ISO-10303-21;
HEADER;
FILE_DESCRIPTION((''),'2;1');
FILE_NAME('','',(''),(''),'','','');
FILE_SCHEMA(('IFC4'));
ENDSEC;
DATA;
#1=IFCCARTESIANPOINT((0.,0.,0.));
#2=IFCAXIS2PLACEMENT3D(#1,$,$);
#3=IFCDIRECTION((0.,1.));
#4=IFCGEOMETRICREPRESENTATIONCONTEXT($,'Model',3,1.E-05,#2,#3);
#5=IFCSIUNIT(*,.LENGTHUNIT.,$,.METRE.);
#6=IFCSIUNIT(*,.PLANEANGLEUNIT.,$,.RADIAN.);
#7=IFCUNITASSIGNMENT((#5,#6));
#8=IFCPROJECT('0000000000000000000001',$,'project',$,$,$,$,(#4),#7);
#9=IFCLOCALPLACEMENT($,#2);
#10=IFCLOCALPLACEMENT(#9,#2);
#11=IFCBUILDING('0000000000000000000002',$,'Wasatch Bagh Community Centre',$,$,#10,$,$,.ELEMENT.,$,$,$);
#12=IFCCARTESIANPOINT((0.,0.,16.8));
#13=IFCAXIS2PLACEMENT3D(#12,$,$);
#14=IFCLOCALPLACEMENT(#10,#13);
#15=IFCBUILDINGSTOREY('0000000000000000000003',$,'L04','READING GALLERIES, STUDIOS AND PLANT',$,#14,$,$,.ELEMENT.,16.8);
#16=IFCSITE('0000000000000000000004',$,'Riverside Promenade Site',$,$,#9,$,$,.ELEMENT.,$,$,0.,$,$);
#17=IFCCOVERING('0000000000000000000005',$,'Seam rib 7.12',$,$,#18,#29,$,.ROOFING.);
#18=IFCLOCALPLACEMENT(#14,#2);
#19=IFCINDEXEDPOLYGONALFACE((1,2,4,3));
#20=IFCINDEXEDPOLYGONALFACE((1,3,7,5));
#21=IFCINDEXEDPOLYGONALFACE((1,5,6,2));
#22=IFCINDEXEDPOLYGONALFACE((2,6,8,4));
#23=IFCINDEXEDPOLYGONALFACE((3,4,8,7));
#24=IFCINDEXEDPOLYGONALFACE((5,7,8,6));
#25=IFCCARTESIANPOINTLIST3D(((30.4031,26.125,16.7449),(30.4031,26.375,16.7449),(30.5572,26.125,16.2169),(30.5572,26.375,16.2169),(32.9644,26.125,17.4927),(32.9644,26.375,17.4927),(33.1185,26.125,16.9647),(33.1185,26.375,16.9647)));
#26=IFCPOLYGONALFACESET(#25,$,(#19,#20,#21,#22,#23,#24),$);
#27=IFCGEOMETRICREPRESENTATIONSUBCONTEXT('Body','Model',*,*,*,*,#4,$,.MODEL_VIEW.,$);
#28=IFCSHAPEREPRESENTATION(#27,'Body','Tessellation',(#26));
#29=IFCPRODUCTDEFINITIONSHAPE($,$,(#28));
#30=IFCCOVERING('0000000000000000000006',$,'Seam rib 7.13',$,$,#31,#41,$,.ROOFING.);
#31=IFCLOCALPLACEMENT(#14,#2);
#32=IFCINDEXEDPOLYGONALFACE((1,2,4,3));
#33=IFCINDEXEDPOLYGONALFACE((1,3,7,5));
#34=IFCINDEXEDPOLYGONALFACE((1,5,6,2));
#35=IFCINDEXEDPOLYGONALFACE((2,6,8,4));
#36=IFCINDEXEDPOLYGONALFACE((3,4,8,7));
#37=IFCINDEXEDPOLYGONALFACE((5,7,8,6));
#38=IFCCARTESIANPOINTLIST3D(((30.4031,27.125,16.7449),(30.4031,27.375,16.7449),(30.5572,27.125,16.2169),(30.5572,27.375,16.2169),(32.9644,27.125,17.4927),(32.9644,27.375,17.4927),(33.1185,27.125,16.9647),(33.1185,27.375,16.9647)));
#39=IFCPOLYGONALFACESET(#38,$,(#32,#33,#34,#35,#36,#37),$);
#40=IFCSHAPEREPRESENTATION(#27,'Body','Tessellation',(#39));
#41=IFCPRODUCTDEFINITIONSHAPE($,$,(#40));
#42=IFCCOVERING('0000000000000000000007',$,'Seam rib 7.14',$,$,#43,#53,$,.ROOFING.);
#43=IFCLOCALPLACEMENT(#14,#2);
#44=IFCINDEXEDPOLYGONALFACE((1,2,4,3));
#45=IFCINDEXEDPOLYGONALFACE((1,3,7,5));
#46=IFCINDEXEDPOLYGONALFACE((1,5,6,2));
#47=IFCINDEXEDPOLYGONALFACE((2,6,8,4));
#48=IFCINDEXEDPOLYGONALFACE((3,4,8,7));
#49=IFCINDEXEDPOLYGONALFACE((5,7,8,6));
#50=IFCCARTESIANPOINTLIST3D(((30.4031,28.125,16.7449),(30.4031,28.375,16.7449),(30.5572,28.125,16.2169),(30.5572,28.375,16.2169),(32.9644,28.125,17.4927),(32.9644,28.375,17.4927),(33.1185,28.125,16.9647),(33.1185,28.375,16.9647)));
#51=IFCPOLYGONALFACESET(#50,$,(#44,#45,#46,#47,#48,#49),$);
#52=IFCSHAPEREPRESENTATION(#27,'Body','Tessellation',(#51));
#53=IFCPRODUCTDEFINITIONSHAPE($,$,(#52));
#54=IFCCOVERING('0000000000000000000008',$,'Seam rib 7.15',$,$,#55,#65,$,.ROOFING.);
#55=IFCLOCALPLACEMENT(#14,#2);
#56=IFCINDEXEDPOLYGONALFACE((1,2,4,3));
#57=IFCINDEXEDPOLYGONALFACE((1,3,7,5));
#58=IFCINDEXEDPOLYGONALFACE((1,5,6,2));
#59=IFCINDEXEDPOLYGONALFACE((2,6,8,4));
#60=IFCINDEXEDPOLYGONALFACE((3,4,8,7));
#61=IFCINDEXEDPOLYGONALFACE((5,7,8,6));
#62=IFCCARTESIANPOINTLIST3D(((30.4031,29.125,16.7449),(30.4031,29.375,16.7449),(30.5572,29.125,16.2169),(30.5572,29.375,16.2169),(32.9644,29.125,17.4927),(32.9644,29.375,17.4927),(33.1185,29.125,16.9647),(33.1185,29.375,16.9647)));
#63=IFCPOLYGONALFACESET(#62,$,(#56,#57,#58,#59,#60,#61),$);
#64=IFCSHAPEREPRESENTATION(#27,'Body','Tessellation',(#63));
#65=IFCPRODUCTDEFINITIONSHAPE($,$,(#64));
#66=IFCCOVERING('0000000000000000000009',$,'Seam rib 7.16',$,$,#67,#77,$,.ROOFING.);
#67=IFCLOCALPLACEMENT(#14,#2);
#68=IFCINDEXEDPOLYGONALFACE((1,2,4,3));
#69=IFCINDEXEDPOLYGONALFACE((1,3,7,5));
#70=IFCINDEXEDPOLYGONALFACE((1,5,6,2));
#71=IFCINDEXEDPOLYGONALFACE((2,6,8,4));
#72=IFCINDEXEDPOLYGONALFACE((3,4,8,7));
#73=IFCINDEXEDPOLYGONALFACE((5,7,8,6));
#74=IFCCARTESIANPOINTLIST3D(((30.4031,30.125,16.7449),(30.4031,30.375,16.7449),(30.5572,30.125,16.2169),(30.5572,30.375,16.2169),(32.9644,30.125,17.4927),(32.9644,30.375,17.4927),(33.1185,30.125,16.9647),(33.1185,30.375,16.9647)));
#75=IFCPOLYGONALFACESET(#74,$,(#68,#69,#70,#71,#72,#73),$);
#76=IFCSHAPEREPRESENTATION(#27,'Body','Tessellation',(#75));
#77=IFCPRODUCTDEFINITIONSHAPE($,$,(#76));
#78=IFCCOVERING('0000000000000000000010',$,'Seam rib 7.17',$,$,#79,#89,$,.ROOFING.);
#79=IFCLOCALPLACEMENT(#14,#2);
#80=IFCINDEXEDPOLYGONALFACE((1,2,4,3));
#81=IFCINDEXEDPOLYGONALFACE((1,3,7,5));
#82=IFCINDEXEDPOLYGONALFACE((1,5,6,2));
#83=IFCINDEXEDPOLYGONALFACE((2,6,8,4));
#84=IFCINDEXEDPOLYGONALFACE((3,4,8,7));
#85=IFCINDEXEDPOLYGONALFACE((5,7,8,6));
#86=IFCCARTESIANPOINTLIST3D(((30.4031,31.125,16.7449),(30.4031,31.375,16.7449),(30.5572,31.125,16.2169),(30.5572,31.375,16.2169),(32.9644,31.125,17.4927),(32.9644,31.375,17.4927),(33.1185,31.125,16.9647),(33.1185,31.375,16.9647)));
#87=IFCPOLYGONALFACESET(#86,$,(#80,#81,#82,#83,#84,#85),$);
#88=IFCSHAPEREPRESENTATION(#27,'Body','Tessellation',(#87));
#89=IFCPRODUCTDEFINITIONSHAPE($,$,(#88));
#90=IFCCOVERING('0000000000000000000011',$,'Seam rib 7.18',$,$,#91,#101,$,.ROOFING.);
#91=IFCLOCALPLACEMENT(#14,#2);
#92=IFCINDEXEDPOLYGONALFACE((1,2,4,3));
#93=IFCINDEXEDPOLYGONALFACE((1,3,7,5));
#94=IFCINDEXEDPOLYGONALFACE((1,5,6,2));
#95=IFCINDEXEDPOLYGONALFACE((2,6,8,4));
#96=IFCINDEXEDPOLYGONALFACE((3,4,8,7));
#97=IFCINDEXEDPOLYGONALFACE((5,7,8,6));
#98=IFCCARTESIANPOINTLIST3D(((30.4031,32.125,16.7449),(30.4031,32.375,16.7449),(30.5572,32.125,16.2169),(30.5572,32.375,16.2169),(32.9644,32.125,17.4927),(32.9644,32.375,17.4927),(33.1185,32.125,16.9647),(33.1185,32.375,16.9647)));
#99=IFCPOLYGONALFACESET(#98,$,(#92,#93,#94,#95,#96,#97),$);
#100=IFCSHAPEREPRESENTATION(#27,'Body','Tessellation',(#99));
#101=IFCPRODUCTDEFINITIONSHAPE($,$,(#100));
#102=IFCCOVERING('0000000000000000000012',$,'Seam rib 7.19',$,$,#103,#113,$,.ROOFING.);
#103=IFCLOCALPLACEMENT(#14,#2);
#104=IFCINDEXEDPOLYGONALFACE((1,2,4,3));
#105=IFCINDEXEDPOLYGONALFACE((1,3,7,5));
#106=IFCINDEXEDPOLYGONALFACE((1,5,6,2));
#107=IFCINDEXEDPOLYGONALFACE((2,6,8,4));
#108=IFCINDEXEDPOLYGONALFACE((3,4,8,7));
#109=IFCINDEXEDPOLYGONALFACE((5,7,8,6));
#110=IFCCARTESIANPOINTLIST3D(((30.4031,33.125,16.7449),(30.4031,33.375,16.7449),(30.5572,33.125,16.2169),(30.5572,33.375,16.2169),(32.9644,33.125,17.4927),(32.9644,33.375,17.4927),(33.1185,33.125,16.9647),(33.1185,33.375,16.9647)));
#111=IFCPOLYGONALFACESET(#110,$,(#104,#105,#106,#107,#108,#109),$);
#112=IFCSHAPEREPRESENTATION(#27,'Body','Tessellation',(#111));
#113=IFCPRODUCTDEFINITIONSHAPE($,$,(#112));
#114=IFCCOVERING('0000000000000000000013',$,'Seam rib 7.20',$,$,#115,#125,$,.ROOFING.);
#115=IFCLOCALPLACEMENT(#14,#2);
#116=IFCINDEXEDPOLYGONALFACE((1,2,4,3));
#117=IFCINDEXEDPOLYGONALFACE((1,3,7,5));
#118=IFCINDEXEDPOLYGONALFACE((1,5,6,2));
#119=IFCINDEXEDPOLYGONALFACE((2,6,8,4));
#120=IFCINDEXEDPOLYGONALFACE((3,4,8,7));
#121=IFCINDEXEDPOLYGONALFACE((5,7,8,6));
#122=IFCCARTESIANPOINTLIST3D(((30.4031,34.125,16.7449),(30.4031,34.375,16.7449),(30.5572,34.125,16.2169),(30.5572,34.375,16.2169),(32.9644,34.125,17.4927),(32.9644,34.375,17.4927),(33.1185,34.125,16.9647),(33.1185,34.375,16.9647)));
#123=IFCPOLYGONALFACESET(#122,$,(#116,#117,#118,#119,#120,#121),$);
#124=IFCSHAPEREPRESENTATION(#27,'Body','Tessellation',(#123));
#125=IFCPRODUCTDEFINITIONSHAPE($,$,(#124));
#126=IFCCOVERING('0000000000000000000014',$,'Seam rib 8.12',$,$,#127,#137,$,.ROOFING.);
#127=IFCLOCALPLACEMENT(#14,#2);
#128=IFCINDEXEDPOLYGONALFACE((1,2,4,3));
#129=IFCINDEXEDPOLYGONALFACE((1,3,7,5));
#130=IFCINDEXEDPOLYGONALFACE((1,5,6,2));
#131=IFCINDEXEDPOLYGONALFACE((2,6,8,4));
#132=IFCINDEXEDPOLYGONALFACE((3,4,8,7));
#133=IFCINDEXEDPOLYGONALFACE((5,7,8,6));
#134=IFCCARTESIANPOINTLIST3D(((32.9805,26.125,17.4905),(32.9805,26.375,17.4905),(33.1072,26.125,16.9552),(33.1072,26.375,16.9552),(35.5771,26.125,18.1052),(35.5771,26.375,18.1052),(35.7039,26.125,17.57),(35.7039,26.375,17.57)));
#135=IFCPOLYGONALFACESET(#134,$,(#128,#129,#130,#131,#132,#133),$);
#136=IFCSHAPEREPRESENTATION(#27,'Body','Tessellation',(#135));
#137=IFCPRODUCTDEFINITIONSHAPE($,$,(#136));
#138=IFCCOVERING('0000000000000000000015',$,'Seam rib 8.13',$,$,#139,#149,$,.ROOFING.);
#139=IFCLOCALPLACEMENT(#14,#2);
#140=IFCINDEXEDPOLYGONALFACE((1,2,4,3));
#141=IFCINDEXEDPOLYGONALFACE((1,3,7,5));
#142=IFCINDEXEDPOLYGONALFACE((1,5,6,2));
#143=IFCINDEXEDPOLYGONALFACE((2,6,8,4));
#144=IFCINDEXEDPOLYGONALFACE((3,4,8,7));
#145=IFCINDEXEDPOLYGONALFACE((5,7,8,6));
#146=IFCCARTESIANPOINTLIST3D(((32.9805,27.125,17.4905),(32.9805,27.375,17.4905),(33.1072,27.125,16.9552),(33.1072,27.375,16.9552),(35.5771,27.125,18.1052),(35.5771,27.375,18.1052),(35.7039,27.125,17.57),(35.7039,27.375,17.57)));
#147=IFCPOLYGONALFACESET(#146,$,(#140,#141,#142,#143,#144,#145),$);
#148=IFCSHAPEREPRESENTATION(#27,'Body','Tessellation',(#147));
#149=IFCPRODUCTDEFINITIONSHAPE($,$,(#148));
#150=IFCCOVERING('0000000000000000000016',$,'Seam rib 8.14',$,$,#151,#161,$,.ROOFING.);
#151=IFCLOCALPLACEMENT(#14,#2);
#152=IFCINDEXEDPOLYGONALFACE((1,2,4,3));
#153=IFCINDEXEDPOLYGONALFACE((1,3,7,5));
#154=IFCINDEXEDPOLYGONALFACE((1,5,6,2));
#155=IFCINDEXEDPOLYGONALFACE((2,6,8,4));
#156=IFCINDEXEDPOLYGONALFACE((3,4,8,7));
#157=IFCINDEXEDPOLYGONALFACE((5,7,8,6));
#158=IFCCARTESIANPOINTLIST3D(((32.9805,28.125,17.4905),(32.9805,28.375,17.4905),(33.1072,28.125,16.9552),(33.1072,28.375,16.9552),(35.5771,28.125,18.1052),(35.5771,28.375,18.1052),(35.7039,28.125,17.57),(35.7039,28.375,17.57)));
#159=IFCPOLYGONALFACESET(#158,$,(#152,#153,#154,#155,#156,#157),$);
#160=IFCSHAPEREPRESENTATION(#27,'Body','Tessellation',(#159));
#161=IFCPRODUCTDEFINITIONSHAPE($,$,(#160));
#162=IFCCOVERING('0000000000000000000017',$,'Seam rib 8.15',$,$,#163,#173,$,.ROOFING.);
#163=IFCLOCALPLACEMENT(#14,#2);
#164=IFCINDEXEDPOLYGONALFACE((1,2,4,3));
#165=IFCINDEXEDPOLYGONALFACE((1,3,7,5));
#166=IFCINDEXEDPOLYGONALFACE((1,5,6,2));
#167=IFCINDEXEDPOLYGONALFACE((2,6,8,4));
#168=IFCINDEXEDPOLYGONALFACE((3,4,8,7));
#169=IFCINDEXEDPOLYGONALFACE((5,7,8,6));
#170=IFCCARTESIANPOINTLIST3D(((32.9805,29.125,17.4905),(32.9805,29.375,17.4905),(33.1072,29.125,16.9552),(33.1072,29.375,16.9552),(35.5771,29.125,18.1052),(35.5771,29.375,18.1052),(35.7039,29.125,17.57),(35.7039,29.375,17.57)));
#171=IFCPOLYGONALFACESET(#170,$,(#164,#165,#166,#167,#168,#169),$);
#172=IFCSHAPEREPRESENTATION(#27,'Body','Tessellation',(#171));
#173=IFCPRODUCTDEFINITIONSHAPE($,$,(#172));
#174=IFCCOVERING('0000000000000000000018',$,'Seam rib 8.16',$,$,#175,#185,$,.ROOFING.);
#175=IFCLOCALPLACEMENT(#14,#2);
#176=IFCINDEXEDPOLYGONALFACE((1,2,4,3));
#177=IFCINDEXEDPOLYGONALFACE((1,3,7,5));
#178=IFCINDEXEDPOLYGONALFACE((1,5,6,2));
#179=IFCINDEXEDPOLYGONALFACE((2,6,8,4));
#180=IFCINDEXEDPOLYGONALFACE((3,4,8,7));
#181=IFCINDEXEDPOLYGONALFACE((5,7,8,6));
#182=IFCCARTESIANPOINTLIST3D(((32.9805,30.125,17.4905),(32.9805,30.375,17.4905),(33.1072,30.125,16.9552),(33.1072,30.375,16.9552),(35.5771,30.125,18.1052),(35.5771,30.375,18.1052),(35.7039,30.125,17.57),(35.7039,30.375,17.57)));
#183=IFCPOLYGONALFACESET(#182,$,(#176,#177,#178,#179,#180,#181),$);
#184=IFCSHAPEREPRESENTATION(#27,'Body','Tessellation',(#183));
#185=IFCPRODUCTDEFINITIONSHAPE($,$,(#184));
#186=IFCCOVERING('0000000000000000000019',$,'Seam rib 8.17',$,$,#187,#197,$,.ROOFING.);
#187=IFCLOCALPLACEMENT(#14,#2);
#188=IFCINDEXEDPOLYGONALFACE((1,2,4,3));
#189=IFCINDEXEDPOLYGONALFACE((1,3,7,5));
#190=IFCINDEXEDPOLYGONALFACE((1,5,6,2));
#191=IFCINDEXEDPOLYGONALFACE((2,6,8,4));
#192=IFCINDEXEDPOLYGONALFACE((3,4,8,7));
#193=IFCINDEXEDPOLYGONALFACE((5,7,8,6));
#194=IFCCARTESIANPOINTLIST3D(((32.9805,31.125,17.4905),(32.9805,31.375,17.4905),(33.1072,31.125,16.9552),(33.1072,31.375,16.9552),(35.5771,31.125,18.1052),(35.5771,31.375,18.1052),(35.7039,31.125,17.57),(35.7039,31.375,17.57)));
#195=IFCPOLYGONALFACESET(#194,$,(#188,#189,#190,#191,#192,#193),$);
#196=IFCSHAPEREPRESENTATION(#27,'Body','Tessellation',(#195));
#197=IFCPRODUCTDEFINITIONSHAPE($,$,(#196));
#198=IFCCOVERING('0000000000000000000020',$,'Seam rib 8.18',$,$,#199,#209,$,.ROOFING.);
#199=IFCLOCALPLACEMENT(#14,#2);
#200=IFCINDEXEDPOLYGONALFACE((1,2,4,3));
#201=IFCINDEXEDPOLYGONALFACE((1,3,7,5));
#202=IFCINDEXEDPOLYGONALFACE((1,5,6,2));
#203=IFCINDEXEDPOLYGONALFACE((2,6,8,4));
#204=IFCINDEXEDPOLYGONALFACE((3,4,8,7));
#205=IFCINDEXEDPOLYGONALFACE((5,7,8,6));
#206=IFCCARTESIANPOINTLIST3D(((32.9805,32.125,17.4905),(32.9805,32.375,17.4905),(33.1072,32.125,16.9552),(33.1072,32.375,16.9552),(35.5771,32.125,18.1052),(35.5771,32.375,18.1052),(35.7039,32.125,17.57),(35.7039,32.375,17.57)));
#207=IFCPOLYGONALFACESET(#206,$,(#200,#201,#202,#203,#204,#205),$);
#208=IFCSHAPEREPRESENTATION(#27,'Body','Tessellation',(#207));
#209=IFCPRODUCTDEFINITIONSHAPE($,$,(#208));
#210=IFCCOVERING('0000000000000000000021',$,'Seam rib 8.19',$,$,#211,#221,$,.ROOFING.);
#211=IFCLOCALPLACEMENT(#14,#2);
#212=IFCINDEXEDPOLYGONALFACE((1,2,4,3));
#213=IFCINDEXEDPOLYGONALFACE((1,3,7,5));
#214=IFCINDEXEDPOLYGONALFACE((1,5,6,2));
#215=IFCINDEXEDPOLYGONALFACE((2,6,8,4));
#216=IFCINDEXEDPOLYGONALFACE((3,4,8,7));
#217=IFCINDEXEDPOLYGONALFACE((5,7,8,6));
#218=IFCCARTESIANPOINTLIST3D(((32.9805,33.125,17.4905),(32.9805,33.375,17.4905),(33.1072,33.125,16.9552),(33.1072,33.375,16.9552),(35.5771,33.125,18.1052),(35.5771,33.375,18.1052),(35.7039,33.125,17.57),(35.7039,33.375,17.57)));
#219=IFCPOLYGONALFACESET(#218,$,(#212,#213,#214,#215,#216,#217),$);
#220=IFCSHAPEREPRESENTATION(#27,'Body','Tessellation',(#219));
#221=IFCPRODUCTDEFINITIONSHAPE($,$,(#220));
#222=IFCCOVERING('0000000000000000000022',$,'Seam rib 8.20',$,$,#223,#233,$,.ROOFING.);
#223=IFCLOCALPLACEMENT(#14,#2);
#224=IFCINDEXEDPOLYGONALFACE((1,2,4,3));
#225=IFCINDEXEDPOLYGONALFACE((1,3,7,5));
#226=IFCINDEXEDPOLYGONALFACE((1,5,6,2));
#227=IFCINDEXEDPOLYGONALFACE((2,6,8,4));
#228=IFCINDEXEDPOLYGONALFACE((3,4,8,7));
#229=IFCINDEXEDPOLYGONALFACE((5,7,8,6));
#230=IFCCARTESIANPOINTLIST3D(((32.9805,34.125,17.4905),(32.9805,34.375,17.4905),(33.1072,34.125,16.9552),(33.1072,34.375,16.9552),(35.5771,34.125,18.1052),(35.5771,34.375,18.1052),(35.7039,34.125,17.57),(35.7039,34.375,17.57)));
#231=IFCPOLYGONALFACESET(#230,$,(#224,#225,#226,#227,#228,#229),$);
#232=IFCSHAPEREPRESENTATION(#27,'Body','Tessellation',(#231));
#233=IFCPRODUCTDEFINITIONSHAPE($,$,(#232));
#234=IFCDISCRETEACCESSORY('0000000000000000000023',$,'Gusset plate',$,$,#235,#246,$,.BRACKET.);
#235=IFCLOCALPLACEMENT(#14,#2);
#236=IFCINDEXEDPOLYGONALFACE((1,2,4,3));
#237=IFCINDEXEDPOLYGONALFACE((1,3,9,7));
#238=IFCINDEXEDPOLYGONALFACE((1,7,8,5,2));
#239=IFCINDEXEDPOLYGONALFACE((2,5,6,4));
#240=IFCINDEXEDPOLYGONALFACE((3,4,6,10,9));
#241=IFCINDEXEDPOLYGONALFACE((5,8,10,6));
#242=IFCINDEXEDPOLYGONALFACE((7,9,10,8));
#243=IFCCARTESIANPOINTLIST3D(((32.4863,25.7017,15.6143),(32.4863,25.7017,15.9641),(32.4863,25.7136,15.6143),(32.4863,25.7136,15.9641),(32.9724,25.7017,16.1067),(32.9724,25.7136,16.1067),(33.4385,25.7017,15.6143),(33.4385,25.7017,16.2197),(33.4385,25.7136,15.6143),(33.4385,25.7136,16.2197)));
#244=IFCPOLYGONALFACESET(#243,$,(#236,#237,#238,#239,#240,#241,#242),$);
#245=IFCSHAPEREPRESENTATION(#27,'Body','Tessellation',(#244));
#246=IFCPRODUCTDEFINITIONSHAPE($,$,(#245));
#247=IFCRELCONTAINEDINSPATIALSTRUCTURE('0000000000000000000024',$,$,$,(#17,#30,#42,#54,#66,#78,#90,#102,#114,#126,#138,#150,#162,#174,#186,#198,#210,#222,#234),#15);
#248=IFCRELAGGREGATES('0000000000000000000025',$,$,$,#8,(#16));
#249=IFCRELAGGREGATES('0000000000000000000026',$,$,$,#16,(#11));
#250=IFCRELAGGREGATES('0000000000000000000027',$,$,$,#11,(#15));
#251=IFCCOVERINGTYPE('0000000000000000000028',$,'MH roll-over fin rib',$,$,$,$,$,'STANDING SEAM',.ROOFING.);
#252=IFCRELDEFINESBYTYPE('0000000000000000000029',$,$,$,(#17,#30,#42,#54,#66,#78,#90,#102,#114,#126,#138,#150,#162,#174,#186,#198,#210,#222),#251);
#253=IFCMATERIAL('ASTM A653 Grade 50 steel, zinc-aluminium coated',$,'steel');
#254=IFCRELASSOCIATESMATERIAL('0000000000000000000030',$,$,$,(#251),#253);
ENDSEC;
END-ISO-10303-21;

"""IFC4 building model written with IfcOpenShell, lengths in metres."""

from ifc_helpers import new_model, si_unit, direction, frame, origin, place, context, subcontext, project, spatial, polyline, outline, extrude, material, type_object, element, save


model = new_model("IFC4")

# Units and contexts
model_context = context("Model", 3, precision=1e-05, world=origin(), true_north=direction((0.0, 1.0)))
body_context = subcontext(model_context, "Body", "Model", "MODEL_VIEW")
ifc_project = project(units=[si_unit("LENGTHUNIT", "METRE"), si_unit("PLANEANGLEUNIT", "RADIAN")], contexts=[model_context])

# Site, building, storey
site_placement = place(None, origin())
site = spatial("IfcSite", under=ifc_project, at=site_placement, Name="Riverside Promenade Site", CompositionType="ELEMENT", RefElevation=0.0)
building_placement = place(site_placement, origin())
building = spatial("IfcBuilding", under=site, at=building_placement, Name="Wasatch Bagh Community Centre", CompositionType="ELEMENT")
storey_placement = place(building_placement, frame((0.0, 0.0, 16.8)))
storey = spatial("IfcBuildingStorey", under=building, at=storey_placement, Name="L04", Description="READING GALLERIES, STUDIOS AND PLANT", CompositionType="ELEMENT", Elevation=16.8)

# Coverings
ifc_material_1 = material(Name="ASTM A653 Grade 50 steel, zinc-aluminium coated", Category="steel")
covering_type = type_object("IfcCoveringType", Name="MH roll-over fin rib", ElementType="STANDING SEAM", PredefinedType="ROOFING", material=ifc_material_1)
for number, where, z_axis, x_axis, name in (
    (1, (30.4031, 26.125, 16.7449), (-0.280264, 0.0, 0.959923), (0.959923, 0.0, 0.280264), "Seam rib 7.12"),
    (2, (30.4031, 27.125, 16.7449), (-0.280264, 0.0, 0.959923), (0.959923, 0.0, 0.280264), "Seam rib 7.13"),
    (3, (30.4031, 28.125, 16.7449), (-0.280264, 0.0, 0.959923), (0.959923, 0.0, 0.280264), "Seam rib 7.14"),
    (4, (30.4031, 29.125, 16.7449), (-0.280264, 0.0, 0.959923), (0.959923, 0.0, 0.280264), "Seam rib 7.15"),
    (5, (30.4031, 30.125, 16.7449), (-0.280264, 0.0, 0.959923), (0.959923, 0.0, 0.280264), "Seam rib 7.16"),
    (6, (30.4031, 31.125, 16.7449), (-0.280264, 0.0, 0.959923), (0.959923, 0.0, 0.280264), "Seam rib 7.17"),
    (7, (30.4031, 32.125, 16.7449), (-0.280264, 0.0, 0.959923), (0.959923, 0.0, 0.280264), "Seam rib 7.18"),
    (8, (30.4031, 33.125, 16.7449), (-0.280264, 0.0, 0.959923), (0.959923, 0.0, 0.280264), "Seam rib 7.19"),
    (9, (30.4031, 34.125, 16.7449), (-0.280264, 0.0, 0.959923), (0.959923, 0.0, 0.280264), "Seam rib 7.20"),
):
    element("IfcCovering", number, at=place(storey_placement, frame(where, z_axis=z_axis, x_axis=x_axis)), inside=storey, type_object=covering_type, Name=name, PredefinedType="ROOFING", context=body_context, shape_type="SweptSolid", body=[
        extrude(outline(polyline([(0.0, 0.0), (2.6682, 0.0), (2.6682, 0.25), (0.0, 0.25), (0.0, 0.0)])), origin(), (0.0, 0.0, -1.0), 0.55),
    ])
for number, where, z_axis, x_axis, name in (
    (10, (32.9805, 26.125, 17.4905), (-0.230375, 0.0, 0.973102), (0.973102, 0.0, 0.230375), "Seam rib 8.12"),
    (11, (32.9805, 27.125, 17.4905), (-0.230375, 0.0, 0.973102), (0.973102, 0.0, 0.230375), "Seam rib 8.13"),
    (12, (32.9805, 28.125, 17.4905), (-0.230375, 0.0, 0.973102), (0.973102, 0.0, 0.230375), "Seam rib 8.14"),
    (13, (32.9805, 29.125, 17.4905), (-0.230375, 0.0, 0.973102), (0.973102, 0.0, 0.230375), "Seam rib 8.15"),
    (14, (32.9805, 30.125, 17.4905), (-0.230375, 0.0, 0.973102), (0.973102, 0.0, 0.230375), "Seam rib 8.16"),
    (15, (32.9805, 31.125, 17.4905), (-0.230375, 0.0, 0.973102), (0.973102, 0.0, 0.230375), "Seam rib 8.17"),
    (16, (32.9805, 32.125, 17.4905), (-0.230375, 0.0, 0.973102), (0.973102, 0.0, 0.230375), "Seam rib 8.18"),
    (17, (32.9805, 33.125, 17.4905), (-0.230375, 0.0, 0.973102), (0.973102, 0.0, 0.230375), "Seam rib 8.19"),
    (18, (32.9805, 34.125, 17.4905), (-0.230375, 0.0, 0.973102), (0.973102, 0.0, 0.230375), "Seam rib 8.20"),
):
    element("IfcCovering", number, at=place(storey_placement, frame(where, z_axis=z_axis, x_axis=x_axis)), inside=storey, type_object=covering_type, Name=name, PredefinedType="ROOFING", context=body_context, shape_type="SweptSolid", body=[
        extrude(outline(polyline([(0.0, 0.0), (2.6685, 0.0), (2.6685, 0.25), (0.0, 0.25), (0.0, 0.0)])), origin(), (0.0, 0.0, -1.0), 0.55),
    ])

# Discrete accessory
discrete_accessory_placement = place(storey_placement, frame((32.4863, 25.7136, 15.9641), z_axis=(0.0, 1.0, 0.0), x_axis=(0.959572, 0.0, 0.281462)))
element("IfcDiscreteAccessory", 19, at=discrete_accessory_placement, inside=storey, Name="Gusset plate", PredefinedType="BRACKET", context=body_context, shape_type="SweptSolid", body=[
    extrude(outline(polyline([(0.0, 0.0), (0.5066, 0.0), (0.9856, 0.0227), (0.8152, 0.6037), (-0.0985, 0.3357), (0.0, 0.0)])), origin(), (0.0, 0.0, -1.0), 0.012),
])

save(model, "model.ifc")
